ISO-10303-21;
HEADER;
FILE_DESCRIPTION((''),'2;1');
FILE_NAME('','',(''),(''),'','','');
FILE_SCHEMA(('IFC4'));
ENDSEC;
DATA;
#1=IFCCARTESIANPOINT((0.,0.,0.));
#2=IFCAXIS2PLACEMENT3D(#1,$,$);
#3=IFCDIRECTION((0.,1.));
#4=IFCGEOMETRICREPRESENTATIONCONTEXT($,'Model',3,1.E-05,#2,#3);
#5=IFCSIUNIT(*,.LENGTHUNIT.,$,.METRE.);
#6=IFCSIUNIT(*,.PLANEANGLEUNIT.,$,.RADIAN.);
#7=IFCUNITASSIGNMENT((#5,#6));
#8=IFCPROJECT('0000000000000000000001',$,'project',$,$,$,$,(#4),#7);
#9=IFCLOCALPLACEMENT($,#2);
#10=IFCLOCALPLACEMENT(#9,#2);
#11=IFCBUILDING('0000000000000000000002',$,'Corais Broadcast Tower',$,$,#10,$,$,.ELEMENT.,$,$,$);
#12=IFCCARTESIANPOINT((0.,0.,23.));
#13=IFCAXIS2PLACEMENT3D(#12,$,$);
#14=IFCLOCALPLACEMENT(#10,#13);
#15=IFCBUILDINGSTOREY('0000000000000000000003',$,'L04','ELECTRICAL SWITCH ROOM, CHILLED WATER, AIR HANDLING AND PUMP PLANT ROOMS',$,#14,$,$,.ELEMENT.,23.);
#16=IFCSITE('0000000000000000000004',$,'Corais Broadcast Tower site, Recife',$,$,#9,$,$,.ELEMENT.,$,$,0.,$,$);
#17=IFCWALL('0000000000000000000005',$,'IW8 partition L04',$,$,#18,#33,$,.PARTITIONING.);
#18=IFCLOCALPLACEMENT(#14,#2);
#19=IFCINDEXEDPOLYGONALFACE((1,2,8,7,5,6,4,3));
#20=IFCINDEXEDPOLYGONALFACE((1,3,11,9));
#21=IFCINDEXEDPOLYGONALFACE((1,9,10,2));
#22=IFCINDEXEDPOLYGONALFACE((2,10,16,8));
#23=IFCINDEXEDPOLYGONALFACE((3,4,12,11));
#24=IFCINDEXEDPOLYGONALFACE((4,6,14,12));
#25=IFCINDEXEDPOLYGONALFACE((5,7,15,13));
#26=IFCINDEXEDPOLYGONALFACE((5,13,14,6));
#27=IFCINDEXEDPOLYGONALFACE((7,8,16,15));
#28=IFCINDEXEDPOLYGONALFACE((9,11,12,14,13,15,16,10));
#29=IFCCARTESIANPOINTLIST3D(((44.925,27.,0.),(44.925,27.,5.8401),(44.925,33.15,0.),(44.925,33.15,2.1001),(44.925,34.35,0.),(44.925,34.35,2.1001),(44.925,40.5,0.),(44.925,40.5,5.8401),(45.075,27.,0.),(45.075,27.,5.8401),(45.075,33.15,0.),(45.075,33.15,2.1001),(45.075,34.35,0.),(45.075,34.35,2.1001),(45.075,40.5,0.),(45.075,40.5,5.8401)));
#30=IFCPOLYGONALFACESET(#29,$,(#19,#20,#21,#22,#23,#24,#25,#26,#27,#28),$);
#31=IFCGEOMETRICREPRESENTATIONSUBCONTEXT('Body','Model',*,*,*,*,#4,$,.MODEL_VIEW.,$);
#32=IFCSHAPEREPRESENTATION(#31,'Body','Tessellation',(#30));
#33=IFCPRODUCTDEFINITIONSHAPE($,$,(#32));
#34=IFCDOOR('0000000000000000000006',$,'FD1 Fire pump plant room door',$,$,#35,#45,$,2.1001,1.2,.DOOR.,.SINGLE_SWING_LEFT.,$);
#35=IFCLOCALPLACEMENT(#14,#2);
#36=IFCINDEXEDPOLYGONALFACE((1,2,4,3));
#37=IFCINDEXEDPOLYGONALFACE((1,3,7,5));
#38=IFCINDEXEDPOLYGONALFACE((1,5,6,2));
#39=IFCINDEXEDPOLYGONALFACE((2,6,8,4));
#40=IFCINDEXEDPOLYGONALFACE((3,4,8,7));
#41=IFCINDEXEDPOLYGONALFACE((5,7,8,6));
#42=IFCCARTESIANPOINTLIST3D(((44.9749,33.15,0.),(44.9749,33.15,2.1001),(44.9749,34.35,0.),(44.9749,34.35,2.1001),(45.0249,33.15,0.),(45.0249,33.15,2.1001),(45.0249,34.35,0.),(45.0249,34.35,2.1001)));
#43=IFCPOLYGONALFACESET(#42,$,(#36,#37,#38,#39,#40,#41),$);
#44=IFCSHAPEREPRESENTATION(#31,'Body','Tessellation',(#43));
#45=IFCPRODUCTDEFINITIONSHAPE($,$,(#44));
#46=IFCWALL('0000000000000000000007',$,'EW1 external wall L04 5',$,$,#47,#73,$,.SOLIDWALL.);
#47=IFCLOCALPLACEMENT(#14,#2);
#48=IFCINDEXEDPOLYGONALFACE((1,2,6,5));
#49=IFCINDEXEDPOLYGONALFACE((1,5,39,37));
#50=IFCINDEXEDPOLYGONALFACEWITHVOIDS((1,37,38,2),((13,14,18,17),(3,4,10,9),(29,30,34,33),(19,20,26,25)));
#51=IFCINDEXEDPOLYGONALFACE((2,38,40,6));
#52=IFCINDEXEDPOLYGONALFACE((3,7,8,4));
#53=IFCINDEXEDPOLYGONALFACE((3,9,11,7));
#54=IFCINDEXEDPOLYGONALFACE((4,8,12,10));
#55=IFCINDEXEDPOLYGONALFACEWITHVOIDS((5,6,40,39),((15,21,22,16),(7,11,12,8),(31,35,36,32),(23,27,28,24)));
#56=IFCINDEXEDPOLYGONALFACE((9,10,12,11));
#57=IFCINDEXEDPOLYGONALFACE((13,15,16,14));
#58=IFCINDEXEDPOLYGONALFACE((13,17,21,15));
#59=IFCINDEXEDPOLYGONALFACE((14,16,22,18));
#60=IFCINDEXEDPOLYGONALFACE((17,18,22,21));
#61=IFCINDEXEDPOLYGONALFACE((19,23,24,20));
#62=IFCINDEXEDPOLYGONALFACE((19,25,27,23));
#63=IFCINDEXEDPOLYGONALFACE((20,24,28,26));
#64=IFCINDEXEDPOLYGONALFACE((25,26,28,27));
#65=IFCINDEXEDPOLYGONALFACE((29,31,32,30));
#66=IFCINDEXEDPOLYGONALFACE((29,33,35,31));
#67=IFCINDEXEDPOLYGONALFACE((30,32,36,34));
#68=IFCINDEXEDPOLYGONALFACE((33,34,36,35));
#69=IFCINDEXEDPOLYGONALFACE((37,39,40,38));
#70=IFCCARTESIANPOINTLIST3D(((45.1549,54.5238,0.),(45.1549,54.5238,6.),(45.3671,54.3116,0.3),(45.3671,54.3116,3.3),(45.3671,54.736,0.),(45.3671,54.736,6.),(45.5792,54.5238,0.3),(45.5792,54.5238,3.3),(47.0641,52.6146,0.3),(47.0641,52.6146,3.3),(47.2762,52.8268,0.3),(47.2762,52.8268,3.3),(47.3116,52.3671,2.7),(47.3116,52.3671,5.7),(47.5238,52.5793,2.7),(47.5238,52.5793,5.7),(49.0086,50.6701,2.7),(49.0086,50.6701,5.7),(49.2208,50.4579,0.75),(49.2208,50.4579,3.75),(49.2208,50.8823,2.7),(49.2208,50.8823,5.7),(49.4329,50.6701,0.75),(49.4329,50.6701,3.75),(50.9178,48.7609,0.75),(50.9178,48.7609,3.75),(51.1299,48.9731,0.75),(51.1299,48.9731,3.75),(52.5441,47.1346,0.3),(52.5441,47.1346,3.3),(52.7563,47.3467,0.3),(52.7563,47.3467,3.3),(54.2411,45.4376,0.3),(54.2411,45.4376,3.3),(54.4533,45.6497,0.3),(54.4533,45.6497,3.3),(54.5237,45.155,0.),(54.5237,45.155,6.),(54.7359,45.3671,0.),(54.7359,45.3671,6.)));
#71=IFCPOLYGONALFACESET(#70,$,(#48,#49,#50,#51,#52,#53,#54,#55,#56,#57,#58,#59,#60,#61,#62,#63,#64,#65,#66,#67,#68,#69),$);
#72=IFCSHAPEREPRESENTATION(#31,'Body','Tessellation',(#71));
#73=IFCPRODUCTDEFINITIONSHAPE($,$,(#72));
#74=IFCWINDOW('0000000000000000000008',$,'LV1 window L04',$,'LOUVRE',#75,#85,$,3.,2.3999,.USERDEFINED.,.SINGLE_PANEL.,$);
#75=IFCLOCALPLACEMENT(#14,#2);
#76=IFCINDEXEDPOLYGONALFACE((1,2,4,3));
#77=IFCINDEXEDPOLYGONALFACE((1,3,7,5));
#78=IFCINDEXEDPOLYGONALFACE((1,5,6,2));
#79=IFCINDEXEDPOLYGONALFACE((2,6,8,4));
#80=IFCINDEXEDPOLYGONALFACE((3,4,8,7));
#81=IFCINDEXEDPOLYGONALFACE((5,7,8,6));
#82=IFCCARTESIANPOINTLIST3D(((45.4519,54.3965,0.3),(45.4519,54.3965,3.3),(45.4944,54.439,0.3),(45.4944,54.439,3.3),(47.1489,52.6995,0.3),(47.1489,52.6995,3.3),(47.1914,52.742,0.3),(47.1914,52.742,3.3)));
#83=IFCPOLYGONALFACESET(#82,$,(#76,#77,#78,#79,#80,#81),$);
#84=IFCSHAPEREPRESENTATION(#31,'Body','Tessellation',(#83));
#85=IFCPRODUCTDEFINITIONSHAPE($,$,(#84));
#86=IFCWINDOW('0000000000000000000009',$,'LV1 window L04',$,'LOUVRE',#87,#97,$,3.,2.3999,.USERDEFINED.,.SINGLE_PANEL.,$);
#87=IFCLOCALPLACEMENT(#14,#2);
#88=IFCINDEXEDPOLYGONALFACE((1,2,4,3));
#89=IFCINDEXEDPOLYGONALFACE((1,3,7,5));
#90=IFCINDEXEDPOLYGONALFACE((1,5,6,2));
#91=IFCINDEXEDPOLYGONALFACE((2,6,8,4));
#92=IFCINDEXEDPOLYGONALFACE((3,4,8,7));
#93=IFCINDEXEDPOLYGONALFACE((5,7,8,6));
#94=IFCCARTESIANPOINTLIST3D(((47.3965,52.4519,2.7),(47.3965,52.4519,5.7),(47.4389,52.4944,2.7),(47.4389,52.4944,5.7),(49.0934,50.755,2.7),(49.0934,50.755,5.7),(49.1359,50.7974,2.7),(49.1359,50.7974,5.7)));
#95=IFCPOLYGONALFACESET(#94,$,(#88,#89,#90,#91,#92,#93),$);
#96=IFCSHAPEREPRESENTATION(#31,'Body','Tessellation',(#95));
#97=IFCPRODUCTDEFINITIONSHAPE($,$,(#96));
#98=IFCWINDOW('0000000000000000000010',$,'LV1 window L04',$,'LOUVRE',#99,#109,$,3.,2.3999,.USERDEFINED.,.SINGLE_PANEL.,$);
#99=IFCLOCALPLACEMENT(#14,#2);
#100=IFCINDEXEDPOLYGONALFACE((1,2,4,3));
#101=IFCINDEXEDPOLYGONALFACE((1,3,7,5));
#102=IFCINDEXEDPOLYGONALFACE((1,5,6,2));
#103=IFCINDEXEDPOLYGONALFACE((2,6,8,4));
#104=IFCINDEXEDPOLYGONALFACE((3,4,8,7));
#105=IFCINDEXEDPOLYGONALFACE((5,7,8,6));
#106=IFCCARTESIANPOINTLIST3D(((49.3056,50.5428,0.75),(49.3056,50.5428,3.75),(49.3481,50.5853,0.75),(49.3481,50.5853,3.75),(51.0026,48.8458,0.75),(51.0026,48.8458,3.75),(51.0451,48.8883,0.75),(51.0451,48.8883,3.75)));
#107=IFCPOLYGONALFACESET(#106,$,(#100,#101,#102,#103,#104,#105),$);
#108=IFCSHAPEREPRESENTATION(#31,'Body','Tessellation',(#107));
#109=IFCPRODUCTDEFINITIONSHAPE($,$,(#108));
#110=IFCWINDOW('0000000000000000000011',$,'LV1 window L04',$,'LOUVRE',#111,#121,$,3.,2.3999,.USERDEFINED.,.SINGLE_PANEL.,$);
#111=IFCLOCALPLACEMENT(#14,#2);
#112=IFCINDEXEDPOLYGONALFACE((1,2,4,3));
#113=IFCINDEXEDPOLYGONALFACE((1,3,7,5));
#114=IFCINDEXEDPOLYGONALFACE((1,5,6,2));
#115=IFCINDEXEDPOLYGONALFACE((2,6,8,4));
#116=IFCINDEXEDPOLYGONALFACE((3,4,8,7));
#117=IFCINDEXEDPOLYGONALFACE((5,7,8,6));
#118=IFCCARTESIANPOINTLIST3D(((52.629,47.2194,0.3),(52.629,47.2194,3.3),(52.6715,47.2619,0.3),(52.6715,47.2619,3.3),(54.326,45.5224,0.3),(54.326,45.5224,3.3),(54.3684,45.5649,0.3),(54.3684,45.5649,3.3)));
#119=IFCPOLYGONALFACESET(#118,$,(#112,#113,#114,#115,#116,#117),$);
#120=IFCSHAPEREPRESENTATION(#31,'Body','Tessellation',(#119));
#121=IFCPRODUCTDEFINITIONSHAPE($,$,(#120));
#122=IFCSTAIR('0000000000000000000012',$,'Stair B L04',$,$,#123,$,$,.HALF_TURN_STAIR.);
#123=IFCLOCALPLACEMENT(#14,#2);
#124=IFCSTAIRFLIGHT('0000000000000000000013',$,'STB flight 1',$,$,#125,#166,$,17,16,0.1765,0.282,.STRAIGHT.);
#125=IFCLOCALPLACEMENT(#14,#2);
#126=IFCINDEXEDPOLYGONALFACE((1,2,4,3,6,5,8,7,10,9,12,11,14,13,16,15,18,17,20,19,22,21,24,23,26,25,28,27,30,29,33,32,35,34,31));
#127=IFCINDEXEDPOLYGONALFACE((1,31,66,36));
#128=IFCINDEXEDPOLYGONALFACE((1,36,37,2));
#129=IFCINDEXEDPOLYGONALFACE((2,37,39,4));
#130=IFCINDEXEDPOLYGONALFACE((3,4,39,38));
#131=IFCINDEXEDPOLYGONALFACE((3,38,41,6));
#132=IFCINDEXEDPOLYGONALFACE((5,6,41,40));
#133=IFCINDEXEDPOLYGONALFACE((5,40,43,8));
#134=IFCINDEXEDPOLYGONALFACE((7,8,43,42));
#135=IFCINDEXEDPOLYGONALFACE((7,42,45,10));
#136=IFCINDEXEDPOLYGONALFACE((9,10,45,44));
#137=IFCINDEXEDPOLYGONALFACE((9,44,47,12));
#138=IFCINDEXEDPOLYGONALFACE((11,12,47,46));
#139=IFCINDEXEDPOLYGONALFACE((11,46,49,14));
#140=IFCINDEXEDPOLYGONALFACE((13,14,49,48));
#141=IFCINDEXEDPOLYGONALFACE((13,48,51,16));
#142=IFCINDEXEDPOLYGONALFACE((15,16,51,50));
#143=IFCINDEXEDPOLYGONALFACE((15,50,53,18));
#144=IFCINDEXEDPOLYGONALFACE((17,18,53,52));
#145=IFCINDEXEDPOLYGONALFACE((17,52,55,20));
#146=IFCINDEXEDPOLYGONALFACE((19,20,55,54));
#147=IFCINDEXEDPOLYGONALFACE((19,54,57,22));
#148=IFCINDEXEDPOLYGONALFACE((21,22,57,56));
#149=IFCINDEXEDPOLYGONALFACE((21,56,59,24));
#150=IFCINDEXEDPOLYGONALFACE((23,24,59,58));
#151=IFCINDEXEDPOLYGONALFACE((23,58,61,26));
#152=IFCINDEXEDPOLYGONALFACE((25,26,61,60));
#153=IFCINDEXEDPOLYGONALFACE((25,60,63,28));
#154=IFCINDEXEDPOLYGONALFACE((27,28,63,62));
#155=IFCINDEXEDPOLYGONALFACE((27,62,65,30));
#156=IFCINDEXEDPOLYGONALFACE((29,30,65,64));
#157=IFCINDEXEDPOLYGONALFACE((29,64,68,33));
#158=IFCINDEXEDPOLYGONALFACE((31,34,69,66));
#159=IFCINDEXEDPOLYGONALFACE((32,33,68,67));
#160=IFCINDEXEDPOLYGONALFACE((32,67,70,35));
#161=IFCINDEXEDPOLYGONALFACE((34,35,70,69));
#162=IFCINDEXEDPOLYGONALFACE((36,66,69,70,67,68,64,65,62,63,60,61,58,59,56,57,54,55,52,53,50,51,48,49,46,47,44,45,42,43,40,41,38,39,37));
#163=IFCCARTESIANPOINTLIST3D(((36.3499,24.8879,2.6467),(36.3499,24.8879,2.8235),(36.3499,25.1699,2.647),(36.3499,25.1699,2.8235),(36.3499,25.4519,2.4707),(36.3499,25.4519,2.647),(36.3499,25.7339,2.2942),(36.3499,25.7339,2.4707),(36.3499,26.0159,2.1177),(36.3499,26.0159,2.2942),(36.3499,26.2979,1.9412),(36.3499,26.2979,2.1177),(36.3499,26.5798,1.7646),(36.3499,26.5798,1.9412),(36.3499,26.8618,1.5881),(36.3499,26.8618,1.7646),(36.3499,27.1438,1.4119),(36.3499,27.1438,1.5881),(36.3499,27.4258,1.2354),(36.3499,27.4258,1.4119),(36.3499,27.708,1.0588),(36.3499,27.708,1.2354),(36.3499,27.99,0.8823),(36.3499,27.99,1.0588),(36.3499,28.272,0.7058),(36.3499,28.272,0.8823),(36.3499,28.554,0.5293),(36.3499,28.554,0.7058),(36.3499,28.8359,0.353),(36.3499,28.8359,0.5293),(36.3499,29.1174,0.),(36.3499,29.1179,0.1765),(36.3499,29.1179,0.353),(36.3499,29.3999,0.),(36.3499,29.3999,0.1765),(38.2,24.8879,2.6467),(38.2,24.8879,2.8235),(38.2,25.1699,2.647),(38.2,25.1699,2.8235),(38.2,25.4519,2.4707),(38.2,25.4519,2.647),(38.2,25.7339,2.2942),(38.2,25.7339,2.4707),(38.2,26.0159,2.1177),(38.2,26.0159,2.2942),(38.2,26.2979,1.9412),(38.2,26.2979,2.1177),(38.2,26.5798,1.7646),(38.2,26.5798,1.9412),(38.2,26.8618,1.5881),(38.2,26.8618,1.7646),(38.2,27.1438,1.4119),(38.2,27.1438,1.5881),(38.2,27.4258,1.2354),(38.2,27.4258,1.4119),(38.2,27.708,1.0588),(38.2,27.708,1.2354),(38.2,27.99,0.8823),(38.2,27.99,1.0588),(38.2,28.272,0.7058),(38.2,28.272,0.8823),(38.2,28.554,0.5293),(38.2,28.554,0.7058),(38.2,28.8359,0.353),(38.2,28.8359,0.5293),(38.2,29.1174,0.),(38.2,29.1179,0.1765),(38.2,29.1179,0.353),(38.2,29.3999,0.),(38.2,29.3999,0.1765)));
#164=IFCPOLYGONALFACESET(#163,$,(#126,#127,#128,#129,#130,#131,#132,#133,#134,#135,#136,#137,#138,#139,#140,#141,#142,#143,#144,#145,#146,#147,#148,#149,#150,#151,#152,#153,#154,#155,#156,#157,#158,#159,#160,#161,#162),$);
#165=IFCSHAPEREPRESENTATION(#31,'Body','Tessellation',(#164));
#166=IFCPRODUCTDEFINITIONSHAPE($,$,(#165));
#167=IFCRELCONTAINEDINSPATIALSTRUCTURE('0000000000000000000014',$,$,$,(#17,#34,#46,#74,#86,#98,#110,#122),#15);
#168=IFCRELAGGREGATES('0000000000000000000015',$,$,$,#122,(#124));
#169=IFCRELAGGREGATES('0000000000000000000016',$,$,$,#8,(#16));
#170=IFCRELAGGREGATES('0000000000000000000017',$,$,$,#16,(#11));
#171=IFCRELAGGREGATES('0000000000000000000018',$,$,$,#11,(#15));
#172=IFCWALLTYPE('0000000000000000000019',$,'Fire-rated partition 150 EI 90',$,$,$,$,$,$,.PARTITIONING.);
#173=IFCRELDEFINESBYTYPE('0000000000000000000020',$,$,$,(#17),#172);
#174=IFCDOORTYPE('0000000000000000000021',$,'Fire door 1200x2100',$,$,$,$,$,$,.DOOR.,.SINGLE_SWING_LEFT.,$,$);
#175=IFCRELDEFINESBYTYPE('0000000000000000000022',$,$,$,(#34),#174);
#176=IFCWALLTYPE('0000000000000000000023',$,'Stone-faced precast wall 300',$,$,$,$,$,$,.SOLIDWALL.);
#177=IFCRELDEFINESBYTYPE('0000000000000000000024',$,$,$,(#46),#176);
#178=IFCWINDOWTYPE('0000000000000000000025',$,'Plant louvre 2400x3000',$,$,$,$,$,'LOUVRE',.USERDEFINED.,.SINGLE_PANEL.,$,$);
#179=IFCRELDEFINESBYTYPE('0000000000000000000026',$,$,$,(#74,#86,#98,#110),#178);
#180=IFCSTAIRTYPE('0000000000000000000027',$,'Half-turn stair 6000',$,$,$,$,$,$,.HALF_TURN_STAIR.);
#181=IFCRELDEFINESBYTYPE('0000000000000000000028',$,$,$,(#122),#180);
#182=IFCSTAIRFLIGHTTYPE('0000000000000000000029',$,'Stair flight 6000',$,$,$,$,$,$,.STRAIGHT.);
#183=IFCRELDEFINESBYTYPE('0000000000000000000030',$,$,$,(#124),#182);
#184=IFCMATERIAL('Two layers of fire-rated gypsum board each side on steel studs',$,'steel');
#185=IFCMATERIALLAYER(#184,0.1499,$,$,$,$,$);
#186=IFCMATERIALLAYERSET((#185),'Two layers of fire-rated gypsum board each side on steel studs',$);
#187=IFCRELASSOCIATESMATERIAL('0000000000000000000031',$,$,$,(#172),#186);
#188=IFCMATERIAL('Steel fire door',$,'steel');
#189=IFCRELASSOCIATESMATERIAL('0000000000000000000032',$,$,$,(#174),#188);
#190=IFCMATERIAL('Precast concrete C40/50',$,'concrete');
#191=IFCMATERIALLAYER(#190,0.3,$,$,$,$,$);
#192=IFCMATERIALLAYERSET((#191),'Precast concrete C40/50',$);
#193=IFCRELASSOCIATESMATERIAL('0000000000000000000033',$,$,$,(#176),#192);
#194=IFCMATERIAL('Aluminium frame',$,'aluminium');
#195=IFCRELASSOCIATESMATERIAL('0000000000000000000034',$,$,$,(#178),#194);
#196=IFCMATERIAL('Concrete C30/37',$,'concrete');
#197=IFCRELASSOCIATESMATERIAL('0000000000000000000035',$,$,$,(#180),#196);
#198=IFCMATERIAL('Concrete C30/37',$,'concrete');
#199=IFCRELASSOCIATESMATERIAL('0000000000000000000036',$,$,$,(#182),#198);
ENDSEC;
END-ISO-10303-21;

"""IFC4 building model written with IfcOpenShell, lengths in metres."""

from ifc_helpers import new_model, si_unit, direction, frame, frame_2d, origin, place, context, subcontext, project, spatial, polyline, rectangle, outline, extrude, material, layer, layer_set, type_object, element, fill, aggregate, save


model = new_model("IFC4")

# Units and contexts
model_context = context("Model", 3, precision=1e-05, world=origin(), true_north=direction((0.0, 1.0)))
body_context = subcontext(model_context, "Body", "Model", "MODEL_VIEW")
ifc_project = project(units=[si_unit("LENGTHUNIT", "METRE"), si_unit("PLANEANGLEUNIT", "RADIAN")], contexts=[model_context])

# Site, building, storey
site_placement = place(None, origin())
site = spatial("IfcSite", under=ifc_project, at=site_placement, Name="Corais Broadcast Tower site, Recife", CompositionType="ELEMENT", RefElevation=0.0)
building_placement = place(site_placement, origin())
building = spatial("IfcBuilding", under=site, at=building_placement, Name="Corais Broadcast Tower", CompositionType="ELEMENT")
storey_placement = place(building_placement, frame((0.0, 0.0, 23.0)))
storey = spatial("IfcBuildingStorey", under=building, at=storey_placement, Name="L04", Description="ELECTRICAL SWITCH ROOM, CHILLED WATER, AIR HANDLING AND PUMP PLANT ROOMS", CompositionType="ELEMENT", Elevation=23.0)

# Wall, opening, door
ifc_material_1 = material(Name="Two layers of fire-rated gypsum board each side on steel studs", Category="steel")
ifc_layer_1 = layer(ifc_material_1, 0.1499)
ifc_layer_set_1 = layer_set([ifc_layer_1], Name="Two layers of fire-rated gypsum board each side on steel studs")
wall_type_1 = type_object("IfcWallType", Name="Fire-rated partition 150 EI 90", PredefinedType="PARTITIONING", material=ifc_layer_set_1)
wall_1_placement = place(storey_placement, frame((45.0, 40.5, 0.0), z_axis=(0.0, 0.0, 1.0), x_axis=(0.0, -1.0, 0.0)))
wall_1 = element("IfcWall", 1, at=wall_1_placement, inside=storey, type_object=wall_type_1, Name="IW8 partition L04", PredefinedType="PARTITIONING", context=body_context, shape_type="SweptSolid", body=[
    extrude(rectangle(XDim=13.5, YDim=0.1499, at=frame_2d((6.75, 0.0))), origin(), (0.0, 0.0, 1.0), 5.8401),
])
opening_1_placement = place(wall_1_placement, frame((6.1499, 0.0, 0.0)))
opening_1 = element("IfcOpeningElement", 2, at=opening_1_placement, cuts=wall_1, PredefinedType="OPENING", context=body_context, shape_type="SweptSolid", body=[
    extrude(rectangle(XDim=1.2, YDim=2.1001, at=frame_2d((0.6001, 1.05))), frame((0.0, 0.085, 0.0), z_axis=(0.0, -1.0, 0.0), x_axis=(1.0, 0.0, 0.0)), (0.0, 0.0, 1.0), 0.1699),
])
ifc_material_2 = material(Name="Steel fire door", Category="steel")
door_type_1 = type_object("IfcDoorType", Name="Fire door 1200x2100", OperationType="SINGLE_SWING_LEFT", PredefinedType="DOOR", material=ifc_material_2)
door_1_placement = place(opening_1_placement, origin())
door_1 = element("IfcDoor", 3, at=door_1_placement, inside=storey, type_object=door_type_1, Name="FD1 Fire pump plant room door", OperationType="SINGLE_SWING_LEFT", OverallHeight=2.1001, OverallWidth=1.2, PredefinedType="DOOR", context=body_context, shape_type="SweptSolid", body=[
    extrude(rectangle(XDim=1.2, YDim=2.1001, at=frame_2d((0.6001, 1.05))), frame((0.0, 0.0249, 0.0), z_axis=(0.0, -1.0, 0.0), x_axis=(1.0, 0.0, 0.0)), (0.0, 0.0, 1.0), 0.05),
])
fill(opening_1, door_1)

# Wall, openings, windows
ifc_material_3 = material(Name="Precast concrete C40/50", Category="concrete")
ifc_layer_2 = layer(ifc_material_3, 0.3)
ifc_layer_set_2 = layer_set([ifc_layer_2], Name="Precast concrete C40/50")
wall_type_2 = type_object("IfcWallType", Name="Stone-faced precast wall 300", PredefinedType="SOLIDWALL", material=ifc_layer_set_2)
wall_2_placement = place(storey_placement, frame((45.261, 54.6299, 0.0), z_axis=(0.0, 0.0, 1.0), x_axis=(0.707107, -0.707107, 0.0)))
wall_2 = element("IfcWall", 4, at=wall_2_placement, inside=storey, type_object=wall_type_2, Name="EW1 external wall L04 5", PredefinedType="SOLIDWALL", context=body_context, shape_type="SweptSolid", body=[
    extrude(rectangle(XDim=13.2495, YDim=0.3, at=frame_2d((6.6248, 0.0))), origin(), (0.0, 0.0, 1.0), 6.0),
])
opening_2_placement = place(wall_2_placement, frame((0.3, 0.0, 0.3)))
opening_2 = element("IfcOpeningElement", 5, at=opening_2_placement, cuts=wall_2, PredefinedType="OPENING", context=body_context, shape_type="SweptSolid", body=[
    extrude(rectangle(XDim=2.3999, YDim=3.0, at=frame_2d((1.2, 1.5))), frame((0.0, 0.1599, 0.0), z_axis=(0.0, -1.0, 0.0), x_axis=(1.0, 0.0, 0.0)), (0.0, 0.0, 1.0), 0.3201),
])
opening_3_placement = place(wall_2_placement, frame((3.05, 0.0, 2.7)))
opening_3 = element("IfcOpeningElement", 6, at=opening_3_placement, cuts=wall_2, PredefinedType="OPENING", context=body_context, shape_type="SweptSolid", body=[
    extrude(rectangle(XDim=2.3999, YDim=3.0, at=frame_2d((1.2, 1.5))), frame((0.0, 0.1599, 0.0), z_axis=(0.0, -1.0, 0.0), x_axis=(1.0, 0.0, 0.0)), (0.0, 0.0, 1.0), 0.3201),
])
opening_4_placement = place(wall_2_placement, frame((5.75, 0.0, 0.75)))
opening_4 = element("IfcOpeningElement", 7, at=opening_4_placement, cuts=wall_2, PredefinedType="OPENING", context=body_context, shape_type="SweptSolid", body=[
    extrude(rectangle(XDim=2.3999, YDim=3.0, at=frame_2d((1.2, 1.5))), frame((0.0, 0.1599, 0.0), z_axis=(0.0, -1.0, 0.0), x_axis=(1.0, 0.0, 0.0)), (0.0, 0.0, 1.0), 0.3201),
])
opening_5_placement = place(wall_2_placement, frame((10.45, 0.0, 0.3)))
opening_5 = element("IfcOpeningElement", 8, at=opening_5_placement, cuts=wall_2, PredefinedType="OPENING", context=body_context, shape_type="SweptSolid", body=[
    extrude(rectangle(XDim=2.3999, YDim=3.0, at=frame_2d((1.2, 1.5))), frame((0.0, 0.1599, 0.0), z_axis=(0.0, -1.0, 0.0), x_axis=(1.0, 0.0, 0.0)), (0.0, 0.0, 1.0), 0.3201),
])
ifc_material_4 = material(Name="Aluminium frame", Category="aluminium")
window_type = type_object("IfcWindowType", Name="Plant louvre 2400x3000", ElementType="LOUVRE", PartitioningType="SINGLE_PANEL", PredefinedType="USERDEFINED", material=ifc_material_4)
window_1_placement = place(opening_2_placement, origin())
window_1 = element("IfcWindow", 9, at=window_1_placement, inside=storey, type_object=window_type, Name="LV1 window L04", ObjectType="LOUVRE", OverallHeight=3.0, OverallWidth=2.3999, PartitioningType="SINGLE_PANEL", PredefinedType="USERDEFINED", context=body_context, shape_type="SweptSolid", body=[
    extrude(rectangle(XDim=2.3999, YDim=3.0, at=frame_2d((1.2, 1.5))), frame((0.0, 0.03, 0.0), z_axis=(0.0, -1.0, 0.0), x_axis=(1.0, 0.0, 0.0)), (0.0, 0.0, 1.0), 0.0601),
])
fill(opening_2, window_1)
window_2_placement = place(opening_3_placement, origin())
window_2 = element("IfcWindow", 10, at=window_2_placement, inside=storey, type_object=window_type, Name="LV1 window L04", ObjectType="LOUVRE", OverallHeight=3.0, OverallWidth=2.3999, PartitioningType="SINGLE_PANEL", PredefinedType="USERDEFINED", context=body_context, shape_type="SweptSolid", body=[
    extrude(rectangle(XDim=2.3999, YDim=3.0, at=frame_2d((1.2, 1.5))), frame((0.0, 0.03, 0.0), z_axis=(0.0, -1.0, 0.0), x_axis=(1.0, 0.0, 0.0)), (0.0, 0.0, 1.0), 0.0601),
])
fill(opening_3, window_2)
window_3_placement = place(opening_4_placement, origin())
window_3 = element("IfcWindow", 11, at=window_3_placement, inside=storey, type_object=window_type, Name="LV1 window L04", ObjectType="LOUVRE", OverallHeight=3.0, OverallWidth=2.3999, PartitioningType="SINGLE_PANEL", PredefinedType="USERDEFINED", context=body_context, shape_type="SweptSolid", body=[
    extrude(rectangle(XDim=2.3999, YDim=3.0, at=frame_2d((1.2, 1.5))), frame((0.0, 0.03, 0.0), z_axis=(0.0, -1.0, 0.0), x_axis=(1.0, 0.0, 0.0)), (0.0, 0.0, 1.0), 0.0601),
])
fill(opening_4, window_3)
window_4_placement = place(opening_5_placement, origin())
window_4 = element("IfcWindow", 12, at=window_4_placement, inside=storey, type_object=window_type, Name="LV1 window L04", ObjectType="LOUVRE", OverallHeight=3.0, OverallWidth=2.3999, PartitioningType="SINGLE_PANEL", PredefinedType="USERDEFINED", context=body_context, shape_type="SweptSolid", body=[
    extrude(rectangle(XDim=2.3999, YDim=3.0, at=frame_2d((1.2, 1.5))), frame((0.0, 0.03, 0.0), z_axis=(0.0, -1.0, 0.0), x_axis=(1.0, 0.0, 0.0)), (0.0, 0.0, 1.0), 0.0601),
])
fill(opening_5, window_4)

# Stair, stair flight
ifc_material_5 = material(Name="Concrete C30/37", Category="concrete")
stair_type = type_object("IfcStairType", Name="Half-turn stair 6000", PredefinedType="HALF_TURN_STAIR", material=ifc_material_5)
stair_placement = place(storey_placement, origin())
stair = element("IfcStair", 13, at=stair_placement, inside=storey, type_object=stair_type, Name="Stair B L04", PredefinedType="HALF_TURN_STAIR")
ifc_material_6 = material(Name="Concrete C30/37", Category="concrete")
stair_flight_type = type_object("IfcStairFlightType", Name="Stair flight 6000", PredefinedType="STRAIGHT", material=ifc_material_6)
stair_flight_placement = place(storey_placement, frame((37.2749, 29.3999, 0.0), z_axis=(0.0, 0.0, 1.0), x_axis=(0.0, -1.0, 0.0)))
stair_flight = element("IfcStairFlight", 14, at=stair_flight_placement, type_object=stair_flight_type, Name="STB flight 1", NumberOfRisers=17, NumberOfTreads=16, PredefinedType="STRAIGHT", RiserHeight=0.1765, TreadLength=0.282, context=body_context, shape_type="SweptSolid", body=[
    extrude(outline(polyline([(0.0, 0.0), (0.0, 0.1765), (0.282, 0.1765), (0.282, 0.353), (0.564, 0.353), (0.564, 0.5293), (0.8459, 0.5293), (0.8459, 0.7058), (1.1279, 0.7058), (1.1279, 0.8823), (1.4099, 0.8823), (1.4099, 1.0588), (1.6919, 1.0588), (1.6919, 1.2354), (1.9741, 1.2354), (1.9741, 1.4119), (2.2561, 1.4119), (2.2561, 1.5881), (2.5381, 1.5881), (2.5381, 1.7646), (2.8201, 1.7646), (2.8201, 1.9412), (3.1021, 1.9412), (3.1021, 2.1177), (3.384, 2.1177), (3.384, 2.2942), (3.666, 2.2942), (3.666, 2.4707), (3.948, 2.4707), (3.948, 2.647), (4.23, 2.647), (4.23, 2.8235), (4.512, 2.8235), (4.512, 3.0), (4.512, 2.6467), (0.2825, 0.0), (0.0, 0.0)])), frame((0.0, 0.925, 0.0), z_axis=(0.0, -1.0, 0.0), x_axis=(1.0, 0.0, 0.0)), (0.0, 0.0, 1.0), 1.8501),
])
aggregate(stair, [stair_flight])

save(model, "model.ifc")
